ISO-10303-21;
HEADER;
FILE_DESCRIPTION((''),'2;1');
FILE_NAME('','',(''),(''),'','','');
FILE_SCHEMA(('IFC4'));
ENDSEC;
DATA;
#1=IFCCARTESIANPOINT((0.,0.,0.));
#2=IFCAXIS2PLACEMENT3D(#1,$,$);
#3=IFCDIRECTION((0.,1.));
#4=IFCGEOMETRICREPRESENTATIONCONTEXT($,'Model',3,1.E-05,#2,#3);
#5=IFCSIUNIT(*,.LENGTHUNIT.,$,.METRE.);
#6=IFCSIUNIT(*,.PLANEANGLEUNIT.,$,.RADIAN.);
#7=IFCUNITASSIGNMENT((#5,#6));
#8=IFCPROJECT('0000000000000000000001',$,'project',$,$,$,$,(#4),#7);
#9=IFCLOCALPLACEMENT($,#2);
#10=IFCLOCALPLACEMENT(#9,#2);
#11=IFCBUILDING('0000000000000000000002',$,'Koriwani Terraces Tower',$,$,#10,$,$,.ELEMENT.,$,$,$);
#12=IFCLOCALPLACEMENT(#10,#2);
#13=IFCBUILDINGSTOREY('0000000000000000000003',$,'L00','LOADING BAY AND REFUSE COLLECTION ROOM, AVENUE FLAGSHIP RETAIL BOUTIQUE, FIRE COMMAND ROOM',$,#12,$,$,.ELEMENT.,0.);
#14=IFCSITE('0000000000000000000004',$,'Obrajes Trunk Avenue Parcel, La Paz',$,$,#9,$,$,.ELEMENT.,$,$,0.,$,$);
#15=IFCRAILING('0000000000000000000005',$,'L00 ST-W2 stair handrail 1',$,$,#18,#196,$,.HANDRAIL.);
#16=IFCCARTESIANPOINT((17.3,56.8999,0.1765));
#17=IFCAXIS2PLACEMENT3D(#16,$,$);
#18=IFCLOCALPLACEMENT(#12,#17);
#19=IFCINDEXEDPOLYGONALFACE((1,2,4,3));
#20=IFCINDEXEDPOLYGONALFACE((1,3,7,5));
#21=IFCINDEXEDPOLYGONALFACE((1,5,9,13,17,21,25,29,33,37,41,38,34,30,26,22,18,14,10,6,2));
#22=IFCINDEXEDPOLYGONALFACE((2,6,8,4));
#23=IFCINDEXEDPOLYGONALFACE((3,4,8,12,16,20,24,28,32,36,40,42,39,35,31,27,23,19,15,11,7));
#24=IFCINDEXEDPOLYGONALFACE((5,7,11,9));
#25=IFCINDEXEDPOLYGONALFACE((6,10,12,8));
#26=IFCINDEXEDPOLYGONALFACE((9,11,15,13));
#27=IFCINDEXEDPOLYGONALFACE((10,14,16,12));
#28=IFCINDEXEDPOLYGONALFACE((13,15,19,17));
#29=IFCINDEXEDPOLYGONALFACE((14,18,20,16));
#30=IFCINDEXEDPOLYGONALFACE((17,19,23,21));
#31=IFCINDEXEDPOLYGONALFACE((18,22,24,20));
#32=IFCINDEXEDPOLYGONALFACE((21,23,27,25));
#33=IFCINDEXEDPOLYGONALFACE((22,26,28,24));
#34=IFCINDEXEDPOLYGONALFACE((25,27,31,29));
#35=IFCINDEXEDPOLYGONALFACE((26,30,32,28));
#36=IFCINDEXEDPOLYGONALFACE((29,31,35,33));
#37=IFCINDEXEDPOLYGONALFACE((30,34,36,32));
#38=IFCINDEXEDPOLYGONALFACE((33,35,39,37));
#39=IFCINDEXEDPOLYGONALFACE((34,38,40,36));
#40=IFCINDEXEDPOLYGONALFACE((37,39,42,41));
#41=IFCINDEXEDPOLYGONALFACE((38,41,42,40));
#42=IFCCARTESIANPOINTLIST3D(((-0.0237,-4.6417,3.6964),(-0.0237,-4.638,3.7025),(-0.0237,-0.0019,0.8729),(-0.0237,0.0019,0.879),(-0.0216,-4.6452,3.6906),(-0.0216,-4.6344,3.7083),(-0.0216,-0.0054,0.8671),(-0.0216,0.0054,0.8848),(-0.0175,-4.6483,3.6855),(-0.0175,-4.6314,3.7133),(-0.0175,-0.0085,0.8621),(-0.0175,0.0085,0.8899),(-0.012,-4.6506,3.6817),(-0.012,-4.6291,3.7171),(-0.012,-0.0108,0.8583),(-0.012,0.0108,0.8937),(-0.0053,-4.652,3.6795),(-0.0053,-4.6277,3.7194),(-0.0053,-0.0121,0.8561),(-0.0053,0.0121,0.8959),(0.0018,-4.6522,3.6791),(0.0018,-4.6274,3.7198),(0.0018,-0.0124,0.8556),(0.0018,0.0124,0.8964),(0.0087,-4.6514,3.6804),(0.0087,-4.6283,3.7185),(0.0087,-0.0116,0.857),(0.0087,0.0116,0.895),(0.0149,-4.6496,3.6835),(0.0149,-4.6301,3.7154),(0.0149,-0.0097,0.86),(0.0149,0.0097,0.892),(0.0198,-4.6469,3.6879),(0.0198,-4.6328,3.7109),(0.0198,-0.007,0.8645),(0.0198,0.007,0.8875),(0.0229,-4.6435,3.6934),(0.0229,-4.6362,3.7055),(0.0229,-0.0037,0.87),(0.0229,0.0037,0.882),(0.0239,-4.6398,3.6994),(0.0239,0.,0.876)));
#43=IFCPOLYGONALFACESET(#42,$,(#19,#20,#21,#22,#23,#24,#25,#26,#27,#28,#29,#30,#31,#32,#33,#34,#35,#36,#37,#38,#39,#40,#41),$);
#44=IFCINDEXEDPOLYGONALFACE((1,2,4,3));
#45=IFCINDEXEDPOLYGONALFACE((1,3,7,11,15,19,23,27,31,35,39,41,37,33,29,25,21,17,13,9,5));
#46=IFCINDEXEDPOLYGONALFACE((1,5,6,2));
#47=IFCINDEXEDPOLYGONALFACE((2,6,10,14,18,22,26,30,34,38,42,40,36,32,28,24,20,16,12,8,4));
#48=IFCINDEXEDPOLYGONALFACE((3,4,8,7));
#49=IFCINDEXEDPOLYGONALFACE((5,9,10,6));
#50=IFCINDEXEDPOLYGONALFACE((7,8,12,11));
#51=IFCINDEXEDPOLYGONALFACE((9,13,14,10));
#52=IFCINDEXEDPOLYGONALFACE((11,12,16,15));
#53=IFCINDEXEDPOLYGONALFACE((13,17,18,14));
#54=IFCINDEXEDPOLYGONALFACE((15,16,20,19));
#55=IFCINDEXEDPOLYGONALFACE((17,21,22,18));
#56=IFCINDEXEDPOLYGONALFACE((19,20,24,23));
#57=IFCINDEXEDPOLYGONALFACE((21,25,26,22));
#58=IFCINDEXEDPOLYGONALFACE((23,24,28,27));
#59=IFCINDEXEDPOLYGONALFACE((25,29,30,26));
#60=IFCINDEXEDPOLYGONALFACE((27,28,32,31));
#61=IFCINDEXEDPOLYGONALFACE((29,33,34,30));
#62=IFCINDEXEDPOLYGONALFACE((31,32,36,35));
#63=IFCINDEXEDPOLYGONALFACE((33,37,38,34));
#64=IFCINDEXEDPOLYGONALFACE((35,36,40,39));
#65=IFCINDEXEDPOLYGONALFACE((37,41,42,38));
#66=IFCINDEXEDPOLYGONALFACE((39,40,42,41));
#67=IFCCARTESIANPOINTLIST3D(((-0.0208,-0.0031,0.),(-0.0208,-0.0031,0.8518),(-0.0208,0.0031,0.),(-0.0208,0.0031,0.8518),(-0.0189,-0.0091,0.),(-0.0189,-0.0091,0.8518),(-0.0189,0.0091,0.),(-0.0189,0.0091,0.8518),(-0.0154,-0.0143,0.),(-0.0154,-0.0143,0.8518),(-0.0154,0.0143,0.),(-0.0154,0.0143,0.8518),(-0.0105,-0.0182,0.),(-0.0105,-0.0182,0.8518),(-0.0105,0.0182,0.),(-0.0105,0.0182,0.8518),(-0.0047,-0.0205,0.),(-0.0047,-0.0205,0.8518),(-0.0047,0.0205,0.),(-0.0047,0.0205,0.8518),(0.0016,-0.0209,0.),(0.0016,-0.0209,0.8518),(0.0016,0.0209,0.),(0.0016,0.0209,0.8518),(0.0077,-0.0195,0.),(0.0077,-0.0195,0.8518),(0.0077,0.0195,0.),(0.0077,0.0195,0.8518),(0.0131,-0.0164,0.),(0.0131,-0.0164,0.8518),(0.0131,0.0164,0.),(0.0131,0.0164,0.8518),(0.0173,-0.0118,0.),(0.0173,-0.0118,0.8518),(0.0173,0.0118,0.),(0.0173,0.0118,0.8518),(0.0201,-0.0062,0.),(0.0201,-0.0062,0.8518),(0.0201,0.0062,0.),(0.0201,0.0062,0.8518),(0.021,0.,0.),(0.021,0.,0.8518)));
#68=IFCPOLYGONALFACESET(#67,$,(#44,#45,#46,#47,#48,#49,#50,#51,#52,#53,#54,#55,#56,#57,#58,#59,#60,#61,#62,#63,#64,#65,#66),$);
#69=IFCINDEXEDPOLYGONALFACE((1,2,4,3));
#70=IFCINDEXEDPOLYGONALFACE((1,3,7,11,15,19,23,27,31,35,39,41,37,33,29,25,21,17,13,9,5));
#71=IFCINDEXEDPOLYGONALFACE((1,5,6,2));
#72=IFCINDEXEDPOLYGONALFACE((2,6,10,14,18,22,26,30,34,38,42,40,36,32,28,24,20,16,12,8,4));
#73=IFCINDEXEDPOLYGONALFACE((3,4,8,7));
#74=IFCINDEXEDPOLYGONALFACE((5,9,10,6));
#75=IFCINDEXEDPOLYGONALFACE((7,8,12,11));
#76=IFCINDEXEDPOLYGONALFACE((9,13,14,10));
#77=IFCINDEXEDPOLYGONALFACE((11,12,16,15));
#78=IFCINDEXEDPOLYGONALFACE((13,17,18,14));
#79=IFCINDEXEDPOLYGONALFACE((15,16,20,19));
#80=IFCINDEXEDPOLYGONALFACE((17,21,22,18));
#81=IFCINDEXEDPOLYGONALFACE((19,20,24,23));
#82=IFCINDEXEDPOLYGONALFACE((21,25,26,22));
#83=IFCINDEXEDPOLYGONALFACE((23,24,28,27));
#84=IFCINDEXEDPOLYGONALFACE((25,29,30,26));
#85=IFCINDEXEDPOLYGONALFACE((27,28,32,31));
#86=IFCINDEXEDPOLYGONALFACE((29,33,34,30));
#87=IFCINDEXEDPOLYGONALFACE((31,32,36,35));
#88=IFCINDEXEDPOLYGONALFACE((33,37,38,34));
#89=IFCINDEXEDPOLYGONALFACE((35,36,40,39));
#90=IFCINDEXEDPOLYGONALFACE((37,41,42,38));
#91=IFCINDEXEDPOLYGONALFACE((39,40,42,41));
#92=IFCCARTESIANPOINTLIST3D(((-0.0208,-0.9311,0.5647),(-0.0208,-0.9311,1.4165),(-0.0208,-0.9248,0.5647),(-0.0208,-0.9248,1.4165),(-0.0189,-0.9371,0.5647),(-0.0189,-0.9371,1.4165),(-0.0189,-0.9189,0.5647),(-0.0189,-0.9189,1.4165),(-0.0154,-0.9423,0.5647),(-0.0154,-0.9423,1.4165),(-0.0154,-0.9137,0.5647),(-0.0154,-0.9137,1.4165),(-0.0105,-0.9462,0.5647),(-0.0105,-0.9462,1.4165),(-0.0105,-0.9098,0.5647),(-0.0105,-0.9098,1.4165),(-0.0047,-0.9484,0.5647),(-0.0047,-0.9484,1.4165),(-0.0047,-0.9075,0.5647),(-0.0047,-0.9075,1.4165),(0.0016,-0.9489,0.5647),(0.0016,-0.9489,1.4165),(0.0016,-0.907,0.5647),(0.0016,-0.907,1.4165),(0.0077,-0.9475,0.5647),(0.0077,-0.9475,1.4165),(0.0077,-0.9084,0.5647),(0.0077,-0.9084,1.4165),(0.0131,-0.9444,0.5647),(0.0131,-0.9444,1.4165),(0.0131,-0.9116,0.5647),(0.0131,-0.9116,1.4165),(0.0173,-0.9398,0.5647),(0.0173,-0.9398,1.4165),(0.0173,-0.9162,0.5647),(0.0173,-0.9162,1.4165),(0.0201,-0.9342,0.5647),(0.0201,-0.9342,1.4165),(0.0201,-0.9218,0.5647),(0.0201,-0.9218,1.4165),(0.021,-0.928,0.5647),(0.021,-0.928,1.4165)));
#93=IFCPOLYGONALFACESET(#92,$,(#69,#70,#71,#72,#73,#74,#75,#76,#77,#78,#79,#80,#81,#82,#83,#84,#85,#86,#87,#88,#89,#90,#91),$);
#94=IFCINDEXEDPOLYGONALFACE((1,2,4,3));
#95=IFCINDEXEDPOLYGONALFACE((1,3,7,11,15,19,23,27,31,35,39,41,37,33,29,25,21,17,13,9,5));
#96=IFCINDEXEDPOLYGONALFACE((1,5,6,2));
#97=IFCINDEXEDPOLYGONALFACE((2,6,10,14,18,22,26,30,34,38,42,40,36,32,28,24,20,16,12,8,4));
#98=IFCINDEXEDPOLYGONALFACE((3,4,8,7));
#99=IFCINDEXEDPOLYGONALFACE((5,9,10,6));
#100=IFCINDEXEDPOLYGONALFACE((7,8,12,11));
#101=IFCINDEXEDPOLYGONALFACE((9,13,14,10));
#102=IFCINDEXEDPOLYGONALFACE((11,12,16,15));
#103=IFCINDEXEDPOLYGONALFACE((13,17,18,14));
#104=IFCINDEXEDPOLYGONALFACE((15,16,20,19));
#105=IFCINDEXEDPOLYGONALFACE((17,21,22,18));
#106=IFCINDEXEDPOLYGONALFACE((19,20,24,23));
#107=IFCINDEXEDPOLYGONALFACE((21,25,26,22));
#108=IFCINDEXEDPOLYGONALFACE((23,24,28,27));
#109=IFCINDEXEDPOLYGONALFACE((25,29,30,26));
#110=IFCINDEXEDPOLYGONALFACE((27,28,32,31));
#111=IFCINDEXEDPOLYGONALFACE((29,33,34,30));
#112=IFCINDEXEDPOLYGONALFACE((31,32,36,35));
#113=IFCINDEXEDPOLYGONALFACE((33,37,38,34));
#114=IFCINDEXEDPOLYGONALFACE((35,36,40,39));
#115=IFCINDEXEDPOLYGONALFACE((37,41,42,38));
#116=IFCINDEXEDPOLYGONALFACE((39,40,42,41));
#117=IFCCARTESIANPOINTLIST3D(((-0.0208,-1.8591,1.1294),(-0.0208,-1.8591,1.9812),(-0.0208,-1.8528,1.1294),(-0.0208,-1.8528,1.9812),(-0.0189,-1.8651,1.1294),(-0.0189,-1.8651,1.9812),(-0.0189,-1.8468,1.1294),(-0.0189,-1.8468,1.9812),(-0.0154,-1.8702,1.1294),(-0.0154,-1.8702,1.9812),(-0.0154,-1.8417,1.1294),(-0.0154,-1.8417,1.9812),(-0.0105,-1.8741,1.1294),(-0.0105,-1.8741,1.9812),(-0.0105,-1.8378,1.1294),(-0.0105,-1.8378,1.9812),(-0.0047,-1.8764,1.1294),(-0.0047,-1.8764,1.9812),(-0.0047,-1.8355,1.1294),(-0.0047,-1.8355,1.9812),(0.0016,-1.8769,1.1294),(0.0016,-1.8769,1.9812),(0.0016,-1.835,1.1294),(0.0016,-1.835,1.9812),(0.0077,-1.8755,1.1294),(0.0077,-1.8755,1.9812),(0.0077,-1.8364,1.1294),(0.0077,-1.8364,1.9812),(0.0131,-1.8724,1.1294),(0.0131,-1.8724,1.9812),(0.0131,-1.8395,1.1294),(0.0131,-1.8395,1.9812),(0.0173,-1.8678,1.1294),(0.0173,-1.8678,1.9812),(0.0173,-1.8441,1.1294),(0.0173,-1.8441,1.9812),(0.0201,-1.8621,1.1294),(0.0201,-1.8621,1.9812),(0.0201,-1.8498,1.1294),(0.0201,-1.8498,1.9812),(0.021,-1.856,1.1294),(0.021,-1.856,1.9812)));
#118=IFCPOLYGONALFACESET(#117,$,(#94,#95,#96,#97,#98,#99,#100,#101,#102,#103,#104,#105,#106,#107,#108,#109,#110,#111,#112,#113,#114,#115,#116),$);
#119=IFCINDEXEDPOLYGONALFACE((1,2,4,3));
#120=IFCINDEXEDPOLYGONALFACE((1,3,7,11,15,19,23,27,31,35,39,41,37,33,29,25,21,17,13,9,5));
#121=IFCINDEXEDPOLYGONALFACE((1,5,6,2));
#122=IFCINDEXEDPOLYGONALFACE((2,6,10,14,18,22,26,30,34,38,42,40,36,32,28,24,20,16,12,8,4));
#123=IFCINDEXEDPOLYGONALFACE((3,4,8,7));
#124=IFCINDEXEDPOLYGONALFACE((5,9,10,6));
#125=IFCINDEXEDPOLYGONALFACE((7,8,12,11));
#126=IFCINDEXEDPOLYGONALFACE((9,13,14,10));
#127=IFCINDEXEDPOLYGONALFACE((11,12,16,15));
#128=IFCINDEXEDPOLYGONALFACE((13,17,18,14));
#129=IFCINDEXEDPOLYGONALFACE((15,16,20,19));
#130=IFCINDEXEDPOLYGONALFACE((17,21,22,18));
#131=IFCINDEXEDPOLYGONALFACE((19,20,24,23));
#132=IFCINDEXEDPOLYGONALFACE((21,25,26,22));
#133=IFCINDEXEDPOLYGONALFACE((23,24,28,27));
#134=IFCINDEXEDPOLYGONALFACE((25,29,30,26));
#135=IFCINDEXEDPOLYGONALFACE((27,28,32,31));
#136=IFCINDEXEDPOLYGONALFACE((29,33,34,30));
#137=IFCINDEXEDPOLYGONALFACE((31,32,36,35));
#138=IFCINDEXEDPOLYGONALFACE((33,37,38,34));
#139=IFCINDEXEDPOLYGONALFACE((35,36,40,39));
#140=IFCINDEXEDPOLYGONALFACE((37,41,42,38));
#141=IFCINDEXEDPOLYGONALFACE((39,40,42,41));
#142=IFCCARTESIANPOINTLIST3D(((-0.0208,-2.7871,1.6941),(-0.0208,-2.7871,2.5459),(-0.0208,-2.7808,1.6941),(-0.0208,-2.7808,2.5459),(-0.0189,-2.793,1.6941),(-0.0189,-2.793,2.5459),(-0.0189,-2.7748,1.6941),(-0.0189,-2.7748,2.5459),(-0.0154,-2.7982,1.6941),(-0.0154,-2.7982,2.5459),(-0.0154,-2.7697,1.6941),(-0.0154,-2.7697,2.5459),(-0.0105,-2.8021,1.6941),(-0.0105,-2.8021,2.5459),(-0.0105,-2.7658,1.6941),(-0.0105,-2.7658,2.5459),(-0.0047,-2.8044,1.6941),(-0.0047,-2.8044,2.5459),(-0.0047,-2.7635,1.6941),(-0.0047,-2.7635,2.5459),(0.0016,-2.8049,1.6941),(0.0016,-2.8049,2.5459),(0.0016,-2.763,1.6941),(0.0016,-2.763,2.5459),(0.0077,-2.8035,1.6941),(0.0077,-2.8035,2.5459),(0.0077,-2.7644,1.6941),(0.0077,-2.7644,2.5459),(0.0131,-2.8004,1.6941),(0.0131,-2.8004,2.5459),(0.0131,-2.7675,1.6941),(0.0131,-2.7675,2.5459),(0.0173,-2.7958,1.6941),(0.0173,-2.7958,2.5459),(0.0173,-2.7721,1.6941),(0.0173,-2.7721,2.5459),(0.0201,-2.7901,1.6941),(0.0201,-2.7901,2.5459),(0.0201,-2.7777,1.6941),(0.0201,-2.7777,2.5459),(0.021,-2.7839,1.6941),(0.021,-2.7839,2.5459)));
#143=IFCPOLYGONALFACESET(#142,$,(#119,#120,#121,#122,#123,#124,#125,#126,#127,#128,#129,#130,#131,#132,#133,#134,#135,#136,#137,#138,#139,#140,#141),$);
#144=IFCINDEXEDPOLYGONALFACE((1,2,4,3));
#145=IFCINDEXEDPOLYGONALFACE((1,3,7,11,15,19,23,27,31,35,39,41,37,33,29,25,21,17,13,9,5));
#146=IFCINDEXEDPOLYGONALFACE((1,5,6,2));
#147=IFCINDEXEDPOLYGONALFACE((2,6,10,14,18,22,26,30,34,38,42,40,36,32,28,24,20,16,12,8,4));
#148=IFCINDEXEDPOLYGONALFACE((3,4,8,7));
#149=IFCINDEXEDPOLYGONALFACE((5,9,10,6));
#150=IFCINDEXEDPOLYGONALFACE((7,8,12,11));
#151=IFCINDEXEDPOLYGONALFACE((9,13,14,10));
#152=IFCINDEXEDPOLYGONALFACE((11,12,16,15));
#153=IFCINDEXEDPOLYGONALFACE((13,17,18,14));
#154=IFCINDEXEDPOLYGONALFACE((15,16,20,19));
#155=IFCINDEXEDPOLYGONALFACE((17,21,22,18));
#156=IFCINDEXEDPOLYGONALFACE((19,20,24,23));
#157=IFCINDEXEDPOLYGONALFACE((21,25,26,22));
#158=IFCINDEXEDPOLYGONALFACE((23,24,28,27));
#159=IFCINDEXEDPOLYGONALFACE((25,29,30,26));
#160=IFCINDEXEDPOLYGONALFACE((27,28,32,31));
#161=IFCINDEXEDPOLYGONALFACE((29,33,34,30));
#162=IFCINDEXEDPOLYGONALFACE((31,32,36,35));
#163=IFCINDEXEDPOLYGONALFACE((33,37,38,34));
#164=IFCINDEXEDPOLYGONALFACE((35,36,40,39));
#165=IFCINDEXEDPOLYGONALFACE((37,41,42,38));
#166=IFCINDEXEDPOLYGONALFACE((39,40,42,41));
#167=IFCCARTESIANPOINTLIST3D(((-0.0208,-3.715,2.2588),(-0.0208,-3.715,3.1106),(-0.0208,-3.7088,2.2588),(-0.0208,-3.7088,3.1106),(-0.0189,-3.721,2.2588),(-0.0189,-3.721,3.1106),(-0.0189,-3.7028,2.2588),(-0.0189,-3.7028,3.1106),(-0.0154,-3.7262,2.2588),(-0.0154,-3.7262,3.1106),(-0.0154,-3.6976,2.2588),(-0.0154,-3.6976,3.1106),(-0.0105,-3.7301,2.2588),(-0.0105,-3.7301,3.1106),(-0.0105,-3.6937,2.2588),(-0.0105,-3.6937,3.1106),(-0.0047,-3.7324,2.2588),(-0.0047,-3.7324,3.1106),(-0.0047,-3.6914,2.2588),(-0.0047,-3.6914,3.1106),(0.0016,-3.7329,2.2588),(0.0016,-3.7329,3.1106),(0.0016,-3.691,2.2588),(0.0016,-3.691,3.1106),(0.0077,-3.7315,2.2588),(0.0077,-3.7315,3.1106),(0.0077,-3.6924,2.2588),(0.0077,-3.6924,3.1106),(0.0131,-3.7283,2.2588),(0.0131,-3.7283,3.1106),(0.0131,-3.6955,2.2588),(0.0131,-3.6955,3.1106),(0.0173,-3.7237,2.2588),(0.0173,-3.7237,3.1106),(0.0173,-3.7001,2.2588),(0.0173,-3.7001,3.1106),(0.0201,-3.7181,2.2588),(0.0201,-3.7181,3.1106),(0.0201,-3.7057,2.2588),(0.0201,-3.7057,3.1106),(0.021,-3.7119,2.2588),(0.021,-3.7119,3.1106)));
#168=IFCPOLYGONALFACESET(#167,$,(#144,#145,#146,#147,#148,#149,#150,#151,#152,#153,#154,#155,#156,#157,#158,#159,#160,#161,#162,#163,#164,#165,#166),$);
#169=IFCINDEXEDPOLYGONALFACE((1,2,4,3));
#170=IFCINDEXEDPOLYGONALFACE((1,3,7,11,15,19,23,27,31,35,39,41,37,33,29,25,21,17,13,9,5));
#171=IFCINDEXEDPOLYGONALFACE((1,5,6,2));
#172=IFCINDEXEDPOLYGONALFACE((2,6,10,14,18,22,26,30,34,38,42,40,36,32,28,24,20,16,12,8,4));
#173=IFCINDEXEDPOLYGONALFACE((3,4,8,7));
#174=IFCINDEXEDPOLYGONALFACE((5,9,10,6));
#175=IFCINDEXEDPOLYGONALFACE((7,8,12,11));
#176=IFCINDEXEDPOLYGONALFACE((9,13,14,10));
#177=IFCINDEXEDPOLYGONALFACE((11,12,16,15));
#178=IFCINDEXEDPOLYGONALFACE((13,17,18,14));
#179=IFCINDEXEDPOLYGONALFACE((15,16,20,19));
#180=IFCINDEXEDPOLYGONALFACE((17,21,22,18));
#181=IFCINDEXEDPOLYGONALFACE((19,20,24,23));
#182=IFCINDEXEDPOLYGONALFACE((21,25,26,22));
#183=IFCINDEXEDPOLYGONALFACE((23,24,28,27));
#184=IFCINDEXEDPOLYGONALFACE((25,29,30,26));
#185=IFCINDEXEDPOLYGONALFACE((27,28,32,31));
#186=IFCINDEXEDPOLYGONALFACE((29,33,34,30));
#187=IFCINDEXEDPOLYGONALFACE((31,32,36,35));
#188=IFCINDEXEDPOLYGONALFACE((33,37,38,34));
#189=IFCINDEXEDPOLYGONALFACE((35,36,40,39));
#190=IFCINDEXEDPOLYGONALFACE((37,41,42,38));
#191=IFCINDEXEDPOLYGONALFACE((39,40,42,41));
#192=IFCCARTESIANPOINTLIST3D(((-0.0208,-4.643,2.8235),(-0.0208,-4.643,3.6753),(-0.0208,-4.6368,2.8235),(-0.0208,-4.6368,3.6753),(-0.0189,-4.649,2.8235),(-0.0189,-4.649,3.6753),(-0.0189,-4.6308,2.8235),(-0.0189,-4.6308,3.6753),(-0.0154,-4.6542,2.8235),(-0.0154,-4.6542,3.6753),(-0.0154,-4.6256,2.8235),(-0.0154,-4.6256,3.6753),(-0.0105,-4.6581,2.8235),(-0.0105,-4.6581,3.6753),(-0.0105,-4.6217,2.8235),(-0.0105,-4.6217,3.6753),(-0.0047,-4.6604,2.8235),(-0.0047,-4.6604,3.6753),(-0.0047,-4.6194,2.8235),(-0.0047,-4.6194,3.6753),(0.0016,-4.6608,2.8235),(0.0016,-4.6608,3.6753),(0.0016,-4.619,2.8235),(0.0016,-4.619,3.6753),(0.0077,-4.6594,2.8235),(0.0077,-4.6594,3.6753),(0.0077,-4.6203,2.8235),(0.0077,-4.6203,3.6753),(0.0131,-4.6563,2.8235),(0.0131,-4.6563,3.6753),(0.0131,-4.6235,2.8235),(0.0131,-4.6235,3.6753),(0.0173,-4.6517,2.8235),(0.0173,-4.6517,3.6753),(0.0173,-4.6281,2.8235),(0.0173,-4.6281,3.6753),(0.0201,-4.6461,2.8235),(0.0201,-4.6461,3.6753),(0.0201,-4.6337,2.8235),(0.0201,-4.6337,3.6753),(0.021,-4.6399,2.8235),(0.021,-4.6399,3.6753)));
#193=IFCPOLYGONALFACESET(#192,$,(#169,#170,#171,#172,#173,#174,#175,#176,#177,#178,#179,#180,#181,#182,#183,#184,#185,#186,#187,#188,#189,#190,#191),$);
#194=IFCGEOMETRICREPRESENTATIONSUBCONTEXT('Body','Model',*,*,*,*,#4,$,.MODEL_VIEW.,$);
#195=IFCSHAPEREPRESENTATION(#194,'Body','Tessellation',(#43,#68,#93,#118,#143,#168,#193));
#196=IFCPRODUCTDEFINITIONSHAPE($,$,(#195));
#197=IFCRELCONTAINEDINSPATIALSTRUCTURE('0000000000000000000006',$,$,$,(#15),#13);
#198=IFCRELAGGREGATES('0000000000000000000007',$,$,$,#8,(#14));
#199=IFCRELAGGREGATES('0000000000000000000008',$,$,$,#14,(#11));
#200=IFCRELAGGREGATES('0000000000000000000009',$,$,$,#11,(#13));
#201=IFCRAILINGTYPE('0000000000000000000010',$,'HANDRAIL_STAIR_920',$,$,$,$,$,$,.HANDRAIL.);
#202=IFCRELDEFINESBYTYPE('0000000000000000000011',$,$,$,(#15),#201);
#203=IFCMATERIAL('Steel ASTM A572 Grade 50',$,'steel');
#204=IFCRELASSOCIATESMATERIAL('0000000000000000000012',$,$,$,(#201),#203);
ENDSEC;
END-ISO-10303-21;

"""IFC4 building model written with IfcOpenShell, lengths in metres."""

from ifc_helpers import new_model, si_unit, direction, frame, origin, origin_2d, place, context, subcontext, project, spatial, circle, extrude, material, type_object, element, save


model = new_model("IFC4")

# Units and contexts
model_context = context("Model", 3, precision=1e-05, world=origin(), true_north=direction((0.0, 1.0)))
body_context = subcontext(model_context, "Body", "Model", "MODEL_VIEW")
ifc_project = project(units=[si_unit("LENGTHUNIT", "METRE"), si_unit("PLANEANGLEUNIT", "RADIAN")], contexts=[model_context])

# Site, building, storey
site_placement = place(None, origin())
site = spatial("IfcSite", under=ifc_project, at=site_placement, Name="Obrajes Trunk Avenue Parcel, La Paz", CompositionType="ELEMENT", RefElevation=0.0)
building_placement = place(site_placement, origin())
building = spatial("IfcBuilding", under=site, at=building_placement, Name="Koriwani Terraces Tower", CompositionType="ELEMENT")
storey_placement = place(building_placement, origin())
storey = spatial("IfcBuildingStorey", under=building, at=storey_placement, Name="L00", Description="LOADING BAY AND REFUSE COLLECTION ROOM, AVENUE FLAGSHIP RETAIL BOUTIQUE, FIRE COMMAND ROOM", CompositionType="ELEMENT", Elevation=0.0)

# Railing
ifc_material_1 = material(Name="Steel ASTM A572 Grade 50", Category="steel")
railing_type_1 = type_object("IfcRailingType", Name="HANDRAIL_STAIR_920", PredefinedType="HANDRAIL", material=ifc_material_1)
for number, where, name in (
    (1, (17.3, 56.8999, 0.1765), "L00 ST-W2 stair handrail 1"),
):
    element("IfcRailing", number, at=place(storey_placement, frame(where)), inside=storey, type_object=railing_type_1, Name=name, PredefinedType="HANDRAIL", context=body_context, shape_type="SweptSolid", body=[
        extrude(circle(Radius=0.0239, at=origin_2d()), frame((0.0, 0.0, 0.876), z_axis=(0.0, -0.854264, 0.51984), x_axis=(1.0, 0.0, 0.0)), (0.0, 0.0, 1.0), 5.4314),
        extrude(circle(Radius=0.021, at=origin_2d()), origin(), (0.0, 0.0, 1.0), 0.8518),
        extrude(circle(Radius=0.021, at=origin_2d()), frame((0.0, -0.928, 0.5647)), (0.0, 0.0, 1.0), 0.8518),
        extrude(circle(Radius=0.021, at=origin_2d()), frame((0.0, -1.856, 1.1294)), (0.0, 0.0, 1.0), 0.8518),
        extrude(circle(Radius=0.021, at=origin_2d()), frame((0.0, -2.7839, 1.6941)), (0.0, 0.0, 1.0), 0.8518),
        extrude(circle(Radius=0.021, at=origin_2d()), frame((0.0, -3.7119, 2.2588)), (0.0, 0.0, 1.0), 0.8518),
        extrude(circle(Radius=0.021, at=origin_2d()), frame((0.0, -4.6399, 2.8235)), (0.0, 0.0, 1.0), 0.8518),
    ])

save(model, "model.ifc")
